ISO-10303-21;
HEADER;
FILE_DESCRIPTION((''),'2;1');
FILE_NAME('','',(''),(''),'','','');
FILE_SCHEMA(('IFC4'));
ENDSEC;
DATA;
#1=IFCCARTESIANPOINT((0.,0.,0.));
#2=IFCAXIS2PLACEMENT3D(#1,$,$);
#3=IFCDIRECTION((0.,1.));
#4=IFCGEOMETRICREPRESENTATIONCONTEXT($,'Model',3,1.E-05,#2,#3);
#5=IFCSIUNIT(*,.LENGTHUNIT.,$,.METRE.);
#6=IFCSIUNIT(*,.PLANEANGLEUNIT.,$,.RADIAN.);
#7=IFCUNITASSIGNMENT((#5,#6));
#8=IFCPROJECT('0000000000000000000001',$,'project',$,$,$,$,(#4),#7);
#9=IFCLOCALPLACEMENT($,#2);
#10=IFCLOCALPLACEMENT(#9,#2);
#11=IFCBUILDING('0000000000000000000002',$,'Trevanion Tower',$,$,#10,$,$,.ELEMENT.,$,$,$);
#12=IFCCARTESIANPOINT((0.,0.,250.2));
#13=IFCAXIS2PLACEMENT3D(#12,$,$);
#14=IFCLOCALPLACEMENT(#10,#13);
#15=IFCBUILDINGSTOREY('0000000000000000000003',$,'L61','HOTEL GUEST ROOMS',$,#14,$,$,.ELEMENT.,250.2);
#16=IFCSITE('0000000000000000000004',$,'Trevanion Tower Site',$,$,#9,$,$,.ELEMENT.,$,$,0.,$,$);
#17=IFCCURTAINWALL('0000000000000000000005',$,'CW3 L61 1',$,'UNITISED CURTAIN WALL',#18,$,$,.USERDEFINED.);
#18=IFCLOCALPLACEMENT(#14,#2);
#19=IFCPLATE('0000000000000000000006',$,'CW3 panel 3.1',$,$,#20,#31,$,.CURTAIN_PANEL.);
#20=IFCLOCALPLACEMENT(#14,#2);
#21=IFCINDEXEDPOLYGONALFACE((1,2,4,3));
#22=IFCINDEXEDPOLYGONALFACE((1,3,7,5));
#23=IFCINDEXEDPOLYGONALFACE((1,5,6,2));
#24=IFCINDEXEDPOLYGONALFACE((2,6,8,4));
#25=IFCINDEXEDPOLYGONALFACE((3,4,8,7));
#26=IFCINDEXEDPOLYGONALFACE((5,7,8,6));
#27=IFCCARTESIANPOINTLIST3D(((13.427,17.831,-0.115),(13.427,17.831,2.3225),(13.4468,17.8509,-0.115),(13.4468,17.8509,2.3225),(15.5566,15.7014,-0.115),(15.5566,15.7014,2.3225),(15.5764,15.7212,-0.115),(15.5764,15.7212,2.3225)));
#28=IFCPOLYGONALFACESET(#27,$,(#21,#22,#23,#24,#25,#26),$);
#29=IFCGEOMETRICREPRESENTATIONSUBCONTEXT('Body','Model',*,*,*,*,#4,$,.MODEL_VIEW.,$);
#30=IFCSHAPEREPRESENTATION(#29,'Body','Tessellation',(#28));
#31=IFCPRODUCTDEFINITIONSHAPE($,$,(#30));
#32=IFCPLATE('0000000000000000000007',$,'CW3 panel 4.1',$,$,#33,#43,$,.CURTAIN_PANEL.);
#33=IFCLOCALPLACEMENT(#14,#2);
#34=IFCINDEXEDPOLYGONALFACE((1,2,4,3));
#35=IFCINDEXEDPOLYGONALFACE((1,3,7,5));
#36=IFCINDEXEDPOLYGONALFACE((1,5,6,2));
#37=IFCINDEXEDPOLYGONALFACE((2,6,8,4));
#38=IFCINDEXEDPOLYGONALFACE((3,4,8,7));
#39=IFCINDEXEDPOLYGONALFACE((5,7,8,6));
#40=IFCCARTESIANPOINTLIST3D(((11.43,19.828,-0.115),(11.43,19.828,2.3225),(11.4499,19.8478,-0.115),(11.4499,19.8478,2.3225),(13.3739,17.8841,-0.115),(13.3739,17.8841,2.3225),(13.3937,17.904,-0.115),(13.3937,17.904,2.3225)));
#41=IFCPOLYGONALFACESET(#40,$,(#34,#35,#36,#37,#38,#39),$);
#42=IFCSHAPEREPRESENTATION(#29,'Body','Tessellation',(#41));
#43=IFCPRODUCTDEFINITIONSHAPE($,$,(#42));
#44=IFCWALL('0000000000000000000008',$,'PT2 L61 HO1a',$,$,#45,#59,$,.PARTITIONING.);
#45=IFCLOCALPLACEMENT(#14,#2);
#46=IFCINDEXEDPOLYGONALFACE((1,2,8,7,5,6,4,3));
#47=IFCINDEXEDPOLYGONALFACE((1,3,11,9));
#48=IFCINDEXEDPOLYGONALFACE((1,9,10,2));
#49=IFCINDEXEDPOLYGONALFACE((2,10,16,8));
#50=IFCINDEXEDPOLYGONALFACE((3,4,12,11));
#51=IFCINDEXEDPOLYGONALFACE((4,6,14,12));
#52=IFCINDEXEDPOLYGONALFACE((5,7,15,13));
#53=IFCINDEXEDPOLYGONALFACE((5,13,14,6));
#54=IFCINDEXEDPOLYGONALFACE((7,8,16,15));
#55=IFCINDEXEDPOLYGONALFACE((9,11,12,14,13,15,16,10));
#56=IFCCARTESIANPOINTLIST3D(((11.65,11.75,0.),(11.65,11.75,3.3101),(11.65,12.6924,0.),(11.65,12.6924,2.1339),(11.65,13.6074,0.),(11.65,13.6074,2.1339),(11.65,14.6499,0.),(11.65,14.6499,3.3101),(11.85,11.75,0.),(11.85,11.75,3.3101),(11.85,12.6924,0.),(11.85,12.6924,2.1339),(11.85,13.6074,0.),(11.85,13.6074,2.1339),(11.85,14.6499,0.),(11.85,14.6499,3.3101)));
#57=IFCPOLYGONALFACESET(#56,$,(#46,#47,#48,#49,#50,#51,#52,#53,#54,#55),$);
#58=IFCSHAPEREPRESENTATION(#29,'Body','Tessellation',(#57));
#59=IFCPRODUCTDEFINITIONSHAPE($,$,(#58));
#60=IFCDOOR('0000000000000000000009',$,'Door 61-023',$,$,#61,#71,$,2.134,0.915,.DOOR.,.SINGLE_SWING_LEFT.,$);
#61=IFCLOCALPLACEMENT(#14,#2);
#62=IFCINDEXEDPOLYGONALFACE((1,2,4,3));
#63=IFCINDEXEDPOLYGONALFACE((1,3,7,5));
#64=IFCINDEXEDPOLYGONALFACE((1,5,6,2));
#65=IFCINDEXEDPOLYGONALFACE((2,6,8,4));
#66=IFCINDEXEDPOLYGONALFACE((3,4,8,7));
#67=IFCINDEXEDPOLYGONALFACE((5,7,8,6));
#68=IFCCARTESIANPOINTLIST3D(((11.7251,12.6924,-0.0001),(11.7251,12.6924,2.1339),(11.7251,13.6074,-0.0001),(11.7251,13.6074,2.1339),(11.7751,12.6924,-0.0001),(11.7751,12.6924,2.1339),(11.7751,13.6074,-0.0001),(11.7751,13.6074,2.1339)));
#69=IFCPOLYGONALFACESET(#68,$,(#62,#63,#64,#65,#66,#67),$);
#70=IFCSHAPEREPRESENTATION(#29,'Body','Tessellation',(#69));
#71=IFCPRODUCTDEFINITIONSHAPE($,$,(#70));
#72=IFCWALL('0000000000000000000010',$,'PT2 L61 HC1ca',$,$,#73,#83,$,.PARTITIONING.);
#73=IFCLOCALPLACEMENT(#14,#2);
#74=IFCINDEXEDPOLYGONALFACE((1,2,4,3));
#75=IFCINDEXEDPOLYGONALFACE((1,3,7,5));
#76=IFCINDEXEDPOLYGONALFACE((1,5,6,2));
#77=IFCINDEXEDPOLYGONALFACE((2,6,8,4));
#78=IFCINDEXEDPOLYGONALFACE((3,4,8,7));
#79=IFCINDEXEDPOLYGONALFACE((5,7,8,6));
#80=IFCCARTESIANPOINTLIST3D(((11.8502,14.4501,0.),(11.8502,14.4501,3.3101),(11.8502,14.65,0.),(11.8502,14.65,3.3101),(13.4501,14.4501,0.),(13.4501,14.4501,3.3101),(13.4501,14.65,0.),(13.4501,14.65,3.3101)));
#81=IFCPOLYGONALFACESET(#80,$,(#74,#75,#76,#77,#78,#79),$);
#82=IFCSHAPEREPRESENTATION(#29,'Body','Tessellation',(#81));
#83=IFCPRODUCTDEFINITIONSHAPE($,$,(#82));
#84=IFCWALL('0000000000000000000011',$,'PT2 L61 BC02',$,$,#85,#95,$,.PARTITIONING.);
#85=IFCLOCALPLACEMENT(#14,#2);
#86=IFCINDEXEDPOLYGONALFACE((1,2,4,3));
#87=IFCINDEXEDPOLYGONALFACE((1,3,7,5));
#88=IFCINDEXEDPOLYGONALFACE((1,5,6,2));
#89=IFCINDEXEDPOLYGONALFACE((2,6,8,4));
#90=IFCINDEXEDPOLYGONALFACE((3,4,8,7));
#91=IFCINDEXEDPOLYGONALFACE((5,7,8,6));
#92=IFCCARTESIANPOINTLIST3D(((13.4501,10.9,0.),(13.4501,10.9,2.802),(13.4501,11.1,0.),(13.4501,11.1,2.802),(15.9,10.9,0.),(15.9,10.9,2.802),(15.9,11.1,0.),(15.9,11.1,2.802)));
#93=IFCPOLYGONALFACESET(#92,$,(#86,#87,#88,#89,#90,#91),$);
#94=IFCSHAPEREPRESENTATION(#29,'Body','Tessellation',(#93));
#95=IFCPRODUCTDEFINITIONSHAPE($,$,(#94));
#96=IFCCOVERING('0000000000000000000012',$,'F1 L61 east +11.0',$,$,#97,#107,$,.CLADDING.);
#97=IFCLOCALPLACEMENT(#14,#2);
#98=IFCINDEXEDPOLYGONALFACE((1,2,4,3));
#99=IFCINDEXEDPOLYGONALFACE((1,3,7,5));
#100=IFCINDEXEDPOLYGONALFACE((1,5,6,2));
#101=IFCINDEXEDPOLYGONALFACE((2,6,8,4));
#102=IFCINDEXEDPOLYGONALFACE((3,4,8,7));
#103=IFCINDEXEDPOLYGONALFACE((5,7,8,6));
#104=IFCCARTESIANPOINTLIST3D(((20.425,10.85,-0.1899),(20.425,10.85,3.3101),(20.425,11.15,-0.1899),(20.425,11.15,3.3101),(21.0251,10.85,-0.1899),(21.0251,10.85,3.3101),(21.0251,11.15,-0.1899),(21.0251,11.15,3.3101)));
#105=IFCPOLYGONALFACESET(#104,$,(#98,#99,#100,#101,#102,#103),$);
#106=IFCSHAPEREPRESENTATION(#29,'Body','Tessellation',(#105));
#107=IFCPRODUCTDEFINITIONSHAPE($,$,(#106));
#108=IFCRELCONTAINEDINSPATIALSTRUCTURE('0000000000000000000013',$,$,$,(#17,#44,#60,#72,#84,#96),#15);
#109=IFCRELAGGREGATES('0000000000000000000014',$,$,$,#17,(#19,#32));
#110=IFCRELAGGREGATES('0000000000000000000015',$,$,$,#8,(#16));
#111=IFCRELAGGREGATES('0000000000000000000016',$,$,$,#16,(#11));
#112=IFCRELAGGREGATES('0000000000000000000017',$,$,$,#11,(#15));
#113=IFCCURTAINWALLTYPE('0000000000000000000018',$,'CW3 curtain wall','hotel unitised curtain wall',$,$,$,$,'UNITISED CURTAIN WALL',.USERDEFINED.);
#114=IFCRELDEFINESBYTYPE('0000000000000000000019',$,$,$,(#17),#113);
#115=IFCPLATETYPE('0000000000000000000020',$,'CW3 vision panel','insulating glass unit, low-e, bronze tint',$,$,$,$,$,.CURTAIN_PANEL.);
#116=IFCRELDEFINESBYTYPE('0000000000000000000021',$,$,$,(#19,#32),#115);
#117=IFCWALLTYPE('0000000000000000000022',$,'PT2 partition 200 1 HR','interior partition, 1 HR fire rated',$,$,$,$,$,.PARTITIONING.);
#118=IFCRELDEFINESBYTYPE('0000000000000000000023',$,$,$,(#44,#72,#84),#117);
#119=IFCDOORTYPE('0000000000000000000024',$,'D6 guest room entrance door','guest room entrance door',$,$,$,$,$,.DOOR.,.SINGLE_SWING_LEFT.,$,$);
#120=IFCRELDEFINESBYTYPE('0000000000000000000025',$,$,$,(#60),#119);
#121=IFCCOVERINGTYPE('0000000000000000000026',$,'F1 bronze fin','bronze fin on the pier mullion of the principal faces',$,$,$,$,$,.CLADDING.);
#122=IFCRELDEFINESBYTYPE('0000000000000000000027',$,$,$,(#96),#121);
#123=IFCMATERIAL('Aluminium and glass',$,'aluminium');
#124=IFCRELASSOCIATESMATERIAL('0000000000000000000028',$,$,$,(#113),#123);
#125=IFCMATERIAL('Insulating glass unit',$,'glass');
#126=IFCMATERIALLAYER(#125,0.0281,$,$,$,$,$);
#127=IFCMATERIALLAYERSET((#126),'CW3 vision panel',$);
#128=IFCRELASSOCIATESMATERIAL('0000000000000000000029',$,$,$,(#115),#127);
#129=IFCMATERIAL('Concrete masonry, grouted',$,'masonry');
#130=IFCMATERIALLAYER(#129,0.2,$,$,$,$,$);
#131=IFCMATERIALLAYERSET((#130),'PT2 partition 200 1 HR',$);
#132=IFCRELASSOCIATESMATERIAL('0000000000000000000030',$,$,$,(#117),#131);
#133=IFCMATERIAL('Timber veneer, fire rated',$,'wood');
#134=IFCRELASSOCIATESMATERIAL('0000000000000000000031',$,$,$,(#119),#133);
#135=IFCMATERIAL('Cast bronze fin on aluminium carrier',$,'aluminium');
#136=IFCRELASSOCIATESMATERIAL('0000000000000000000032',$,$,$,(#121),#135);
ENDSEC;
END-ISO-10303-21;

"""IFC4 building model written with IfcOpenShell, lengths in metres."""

from ifc_helpers import new_model, si_unit, direction, frame, frame_2d, origin, origin_2d, place, context, subcontext, project, spatial, rectangle, extrude, material, layer, layer_set, type_object, element, fill, aggregate, save


model = new_model("IFC4")

# Units and contexts
model_context = context("Model", 3, precision=1e-05, world=origin(), true_north=direction((0.0, 1.0)))
body_context = subcontext(model_context, "Body", "Model", "MODEL_VIEW")
ifc_project = project(units=[si_unit("LENGTHUNIT", "METRE"), si_unit("PLANEANGLEUNIT", "RADIAN")], contexts=[model_context])

# Site, building, storey
site_placement = place(None, origin())
site = spatial("IfcSite", under=ifc_project, at=site_placement, Name="Trevanion Tower Site", CompositionType="ELEMENT", RefElevation=0.0)
building_placement = place(site_placement, origin())
building = spatial("IfcBuilding", under=site, at=building_placement, Name="Trevanion Tower", CompositionType="ELEMENT")
storey_placement = place(building_placement, frame((0.0, 0.0, 250.2)))
storey = spatial("IfcBuildingStorey", under=building, at=storey_placement, Name="L61", Description="HOTEL GUEST ROOMS", CompositionType="ELEMENT", Elevation=250.2)

# Curtain wall
ifc_material_1 = material(Name="Aluminium and glass", Category="aluminium")
curtain_wall_type = type_object("IfcCurtainWallType", Name="CW3 curtain wall", Description="hotel unitised curtain wall", ElementType="UNITISED CURTAIN WALL", PredefinedType="USERDEFINED", material=ifc_material_1)
curtain_wall_1_placement = place(storey_placement, origin())
curtain_wall_1 = element("IfcCurtainWall", 1, at=curtain_wall_1_placement, inside=storey, type_object=curtain_wall_type, Name="CW3 L61 1", ObjectType="UNITISED CURTAIN WALL", PredefinedType="USERDEFINED")

# Plates
ifc_material_2 = material(Name="Insulating glass unit", Category="glass")
ifc_layer_1 = layer(ifc_material_2, 0.0281)
ifc_layer_set_1 = layer_set([ifc_layer_1], Name="CW3 vision panel")
plate_type_1 = type_object("IfcPlateType", Name="CW3 vision panel", Description="insulating glass unit, low-e, bronze tint", PredefinedType="CURTAIN_PANEL", material=ifc_layer_set_1)
plate_1_placement = place(storey_placement, frame((14.5017, 16.7761, -0.115), z_axis=(0.0, 0.0, 1.0), x_axis=(-0.707107, 0.707107, 0.0)))
plate_1 = element("IfcPlate", 2, at=plate_1_placement, type_object=plate_type_1, Name="CW3 panel 3.1", PredefinedType="CURTAIN_PANEL", context=body_context, shape_type="SweptSolid", body=[
    extrude(rectangle(XDim=3.0117, YDim=0.0281, at=origin_2d()), origin(), (0.0, 0.0, 1.0), 2.4375),
])
plate_2_placement = place(storey_placement, frame((12.4119, 18.866, -0.115), z_axis=(0.0, 0.0, 1.0), x_axis=(-0.707107, 0.707107, 0.0)))
plate_2 = element("IfcPlate", 3, at=plate_2_placement, type_object=plate_type_1, Name="CW3 panel 4.1", PredefinedType="CURTAIN_PANEL", context=body_context, shape_type="SweptSolid", body=[
    extrude(rectangle(XDim=2.749, YDim=0.0281, at=origin_2d()), origin(), (0.0, 0.0, 1.0), 2.4375),
])
aggregate(curtain_wall_1, [plate_1, plate_2])

# Wall, opening, door
ifc_material_3 = material(Name="Concrete masonry, grouted", Category="masonry")
ifc_layer_2 = layer(ifc_material_3, 0.2)
ifc_layer_set_2 = layer_set([ifc_layer_2], Name="PT2 partition 200 1 HR")
wall_type = type_object("IfcWallType", Name="PT2 partition 200 1 HR", Description="interior partition, 1 HR fire rated", PredefinedType="PARTITIONING", material=ifc_layer_set_2)
wall_1_placement = place(storey_placement, frame((11.75, 11.75, 0.0), z_axis=(0.0, 0.0, 1.0), x_axis=(0.0, 1.0, 0.0)))
wall_1 = element("IfcWall", 4, at=wall_1_placement, inside=storey, type_object=wall_type, Name="PT2 L61 HO1a", PredefinedType="PARTITIONING", context=body_context, shape_type="SweptSolid", body=[
    extrude(rectangle(XDim=2.8999, YDim=0.2, at=frame_2d((1.45, 0.0))), origin(), (0.0, 0.0, 1.0), 3.3101),
])
opening_placement = place(wall_1_placement, frame((0.9424, 0.0, 0.0)))
opening = element("IfcOpeningElement", 5, at=opening_placement, cuts=wall_1, PredefinedType="OPENING", context=body_context, shape_type="SweptSolid", body=[
    extrude(rectangle(XDim=0.915, YDim=2.134, at=frame_2d((0.4575, 1.0669))), frame((0.0, 0.1099, 0.0), z_axis=(0.0, -1.0, 0.0), x_axis=(1.0, 0.0, 0.0)), (0.0, 0.0, 1.0), 0.22),
])
ifc_material_4 = material(Name="Timber veneer, fire rated", Category="wood")
door_type = type_object("IfcDoorType", Name="D6 guest room entrance door", Description="guest room entrance door", OperationType="SINGLE_SWING_LEFT", PredefinedType="DOOR", material=ifc_material_4)
door_placement = place(opening_placement, origin())
door = element("IfcDoor", 6, at=door_placement, inside=storey, type_object=door_type, Name="Door 61-023", OperationType="SINGLE_SWING_LEFT", OverallHeight=2.134, OverallWidth=0.915, PredefinedType="DOOR", context=body_context, shape_type="SweptSolid", body=[
    extrude(rectangle(XDim=0.915, YDim=2.134, at=frame_2d((0.4575, 1.0669))), frame((0.0, 0.0249, 0.0), z_axis=(0.0, -1.0, 0.0), x_axis=(1.0, 0.0, 0.0)), (0.0, 0.0, 1.0), 0.05),
])
fill(opening, door)

# Walls
wall_2_placement = place(storey_placement, frame((13.45, 14.55, 0.0), z_axis=(0.0, 0.0, 1.0), x_axis=(-1.0, 0.0, 0.0)))
element("IfcWall", 7, at=wall_2_placement, inside=storey, type_object=wall_type, Name="PT2 L61 HC1ca", PredefinedType="PARTITIONING", context=body_context, shape_type="SweptSolid", body=[
    extrude(rectangle(XDim=1.5999, YDim=0.2, at=frame_2d((0.7998, 0.0))), origin(), (0.0, 0.0, 1.0), 3.3101),
])
wall_3_placement = place(storey_placement, frame((13.45, 11.0, 0.0), z_axis=(0.0, 0.0, 1.0), x_axis=(1.0, 0.0, 0.0)))
element("IfcWall", 8, at=wall_3_placement, inside=storey, type_object=wall_type, Name="PT2 L61 BC02", PredefinedType="PARTITIONING", context=body_context, shape_type="SweptSolid", body=[
    extrude(rectangle(XDim=2.45, YDim=0.2, at=frame_2d((1.2251, 0.0))), origin(), (0.0, 0.0, 1.0), 2.802),
])

# Covering
ifc_material_5 = material(Name="Cast bronze fin on aluminium carrier", Category="aluminium")
covering_type = type_object("IfcCoveringType", Name="F1 bronze fin", Description="bronze fin on the pier mullion of the principal faces", PredefinedType="CLADDING", material=ifc_material_5)
covering_placement = place(storey_placement, frame((20.7251, 11.0, -0.1899), z_axis=(0.0, 0.0, 1.0), x_axis=(0.0, 1.0, 0.0)))
element("IfcCovering", 9, at=covering_placement, inside=storey, type_object=covering_type, Name="F1 L61 east +11.0", PredefinedType="CLADDING", context=body_context, shape_type="SweptSolid", body=[
    extrude(rectangle(XDim=0.3, YDim=0.6001, at=origin_2d()), origin(), (0.0, 0.0, 1.0), 3.5),
])

save(model, "model.ifc")
